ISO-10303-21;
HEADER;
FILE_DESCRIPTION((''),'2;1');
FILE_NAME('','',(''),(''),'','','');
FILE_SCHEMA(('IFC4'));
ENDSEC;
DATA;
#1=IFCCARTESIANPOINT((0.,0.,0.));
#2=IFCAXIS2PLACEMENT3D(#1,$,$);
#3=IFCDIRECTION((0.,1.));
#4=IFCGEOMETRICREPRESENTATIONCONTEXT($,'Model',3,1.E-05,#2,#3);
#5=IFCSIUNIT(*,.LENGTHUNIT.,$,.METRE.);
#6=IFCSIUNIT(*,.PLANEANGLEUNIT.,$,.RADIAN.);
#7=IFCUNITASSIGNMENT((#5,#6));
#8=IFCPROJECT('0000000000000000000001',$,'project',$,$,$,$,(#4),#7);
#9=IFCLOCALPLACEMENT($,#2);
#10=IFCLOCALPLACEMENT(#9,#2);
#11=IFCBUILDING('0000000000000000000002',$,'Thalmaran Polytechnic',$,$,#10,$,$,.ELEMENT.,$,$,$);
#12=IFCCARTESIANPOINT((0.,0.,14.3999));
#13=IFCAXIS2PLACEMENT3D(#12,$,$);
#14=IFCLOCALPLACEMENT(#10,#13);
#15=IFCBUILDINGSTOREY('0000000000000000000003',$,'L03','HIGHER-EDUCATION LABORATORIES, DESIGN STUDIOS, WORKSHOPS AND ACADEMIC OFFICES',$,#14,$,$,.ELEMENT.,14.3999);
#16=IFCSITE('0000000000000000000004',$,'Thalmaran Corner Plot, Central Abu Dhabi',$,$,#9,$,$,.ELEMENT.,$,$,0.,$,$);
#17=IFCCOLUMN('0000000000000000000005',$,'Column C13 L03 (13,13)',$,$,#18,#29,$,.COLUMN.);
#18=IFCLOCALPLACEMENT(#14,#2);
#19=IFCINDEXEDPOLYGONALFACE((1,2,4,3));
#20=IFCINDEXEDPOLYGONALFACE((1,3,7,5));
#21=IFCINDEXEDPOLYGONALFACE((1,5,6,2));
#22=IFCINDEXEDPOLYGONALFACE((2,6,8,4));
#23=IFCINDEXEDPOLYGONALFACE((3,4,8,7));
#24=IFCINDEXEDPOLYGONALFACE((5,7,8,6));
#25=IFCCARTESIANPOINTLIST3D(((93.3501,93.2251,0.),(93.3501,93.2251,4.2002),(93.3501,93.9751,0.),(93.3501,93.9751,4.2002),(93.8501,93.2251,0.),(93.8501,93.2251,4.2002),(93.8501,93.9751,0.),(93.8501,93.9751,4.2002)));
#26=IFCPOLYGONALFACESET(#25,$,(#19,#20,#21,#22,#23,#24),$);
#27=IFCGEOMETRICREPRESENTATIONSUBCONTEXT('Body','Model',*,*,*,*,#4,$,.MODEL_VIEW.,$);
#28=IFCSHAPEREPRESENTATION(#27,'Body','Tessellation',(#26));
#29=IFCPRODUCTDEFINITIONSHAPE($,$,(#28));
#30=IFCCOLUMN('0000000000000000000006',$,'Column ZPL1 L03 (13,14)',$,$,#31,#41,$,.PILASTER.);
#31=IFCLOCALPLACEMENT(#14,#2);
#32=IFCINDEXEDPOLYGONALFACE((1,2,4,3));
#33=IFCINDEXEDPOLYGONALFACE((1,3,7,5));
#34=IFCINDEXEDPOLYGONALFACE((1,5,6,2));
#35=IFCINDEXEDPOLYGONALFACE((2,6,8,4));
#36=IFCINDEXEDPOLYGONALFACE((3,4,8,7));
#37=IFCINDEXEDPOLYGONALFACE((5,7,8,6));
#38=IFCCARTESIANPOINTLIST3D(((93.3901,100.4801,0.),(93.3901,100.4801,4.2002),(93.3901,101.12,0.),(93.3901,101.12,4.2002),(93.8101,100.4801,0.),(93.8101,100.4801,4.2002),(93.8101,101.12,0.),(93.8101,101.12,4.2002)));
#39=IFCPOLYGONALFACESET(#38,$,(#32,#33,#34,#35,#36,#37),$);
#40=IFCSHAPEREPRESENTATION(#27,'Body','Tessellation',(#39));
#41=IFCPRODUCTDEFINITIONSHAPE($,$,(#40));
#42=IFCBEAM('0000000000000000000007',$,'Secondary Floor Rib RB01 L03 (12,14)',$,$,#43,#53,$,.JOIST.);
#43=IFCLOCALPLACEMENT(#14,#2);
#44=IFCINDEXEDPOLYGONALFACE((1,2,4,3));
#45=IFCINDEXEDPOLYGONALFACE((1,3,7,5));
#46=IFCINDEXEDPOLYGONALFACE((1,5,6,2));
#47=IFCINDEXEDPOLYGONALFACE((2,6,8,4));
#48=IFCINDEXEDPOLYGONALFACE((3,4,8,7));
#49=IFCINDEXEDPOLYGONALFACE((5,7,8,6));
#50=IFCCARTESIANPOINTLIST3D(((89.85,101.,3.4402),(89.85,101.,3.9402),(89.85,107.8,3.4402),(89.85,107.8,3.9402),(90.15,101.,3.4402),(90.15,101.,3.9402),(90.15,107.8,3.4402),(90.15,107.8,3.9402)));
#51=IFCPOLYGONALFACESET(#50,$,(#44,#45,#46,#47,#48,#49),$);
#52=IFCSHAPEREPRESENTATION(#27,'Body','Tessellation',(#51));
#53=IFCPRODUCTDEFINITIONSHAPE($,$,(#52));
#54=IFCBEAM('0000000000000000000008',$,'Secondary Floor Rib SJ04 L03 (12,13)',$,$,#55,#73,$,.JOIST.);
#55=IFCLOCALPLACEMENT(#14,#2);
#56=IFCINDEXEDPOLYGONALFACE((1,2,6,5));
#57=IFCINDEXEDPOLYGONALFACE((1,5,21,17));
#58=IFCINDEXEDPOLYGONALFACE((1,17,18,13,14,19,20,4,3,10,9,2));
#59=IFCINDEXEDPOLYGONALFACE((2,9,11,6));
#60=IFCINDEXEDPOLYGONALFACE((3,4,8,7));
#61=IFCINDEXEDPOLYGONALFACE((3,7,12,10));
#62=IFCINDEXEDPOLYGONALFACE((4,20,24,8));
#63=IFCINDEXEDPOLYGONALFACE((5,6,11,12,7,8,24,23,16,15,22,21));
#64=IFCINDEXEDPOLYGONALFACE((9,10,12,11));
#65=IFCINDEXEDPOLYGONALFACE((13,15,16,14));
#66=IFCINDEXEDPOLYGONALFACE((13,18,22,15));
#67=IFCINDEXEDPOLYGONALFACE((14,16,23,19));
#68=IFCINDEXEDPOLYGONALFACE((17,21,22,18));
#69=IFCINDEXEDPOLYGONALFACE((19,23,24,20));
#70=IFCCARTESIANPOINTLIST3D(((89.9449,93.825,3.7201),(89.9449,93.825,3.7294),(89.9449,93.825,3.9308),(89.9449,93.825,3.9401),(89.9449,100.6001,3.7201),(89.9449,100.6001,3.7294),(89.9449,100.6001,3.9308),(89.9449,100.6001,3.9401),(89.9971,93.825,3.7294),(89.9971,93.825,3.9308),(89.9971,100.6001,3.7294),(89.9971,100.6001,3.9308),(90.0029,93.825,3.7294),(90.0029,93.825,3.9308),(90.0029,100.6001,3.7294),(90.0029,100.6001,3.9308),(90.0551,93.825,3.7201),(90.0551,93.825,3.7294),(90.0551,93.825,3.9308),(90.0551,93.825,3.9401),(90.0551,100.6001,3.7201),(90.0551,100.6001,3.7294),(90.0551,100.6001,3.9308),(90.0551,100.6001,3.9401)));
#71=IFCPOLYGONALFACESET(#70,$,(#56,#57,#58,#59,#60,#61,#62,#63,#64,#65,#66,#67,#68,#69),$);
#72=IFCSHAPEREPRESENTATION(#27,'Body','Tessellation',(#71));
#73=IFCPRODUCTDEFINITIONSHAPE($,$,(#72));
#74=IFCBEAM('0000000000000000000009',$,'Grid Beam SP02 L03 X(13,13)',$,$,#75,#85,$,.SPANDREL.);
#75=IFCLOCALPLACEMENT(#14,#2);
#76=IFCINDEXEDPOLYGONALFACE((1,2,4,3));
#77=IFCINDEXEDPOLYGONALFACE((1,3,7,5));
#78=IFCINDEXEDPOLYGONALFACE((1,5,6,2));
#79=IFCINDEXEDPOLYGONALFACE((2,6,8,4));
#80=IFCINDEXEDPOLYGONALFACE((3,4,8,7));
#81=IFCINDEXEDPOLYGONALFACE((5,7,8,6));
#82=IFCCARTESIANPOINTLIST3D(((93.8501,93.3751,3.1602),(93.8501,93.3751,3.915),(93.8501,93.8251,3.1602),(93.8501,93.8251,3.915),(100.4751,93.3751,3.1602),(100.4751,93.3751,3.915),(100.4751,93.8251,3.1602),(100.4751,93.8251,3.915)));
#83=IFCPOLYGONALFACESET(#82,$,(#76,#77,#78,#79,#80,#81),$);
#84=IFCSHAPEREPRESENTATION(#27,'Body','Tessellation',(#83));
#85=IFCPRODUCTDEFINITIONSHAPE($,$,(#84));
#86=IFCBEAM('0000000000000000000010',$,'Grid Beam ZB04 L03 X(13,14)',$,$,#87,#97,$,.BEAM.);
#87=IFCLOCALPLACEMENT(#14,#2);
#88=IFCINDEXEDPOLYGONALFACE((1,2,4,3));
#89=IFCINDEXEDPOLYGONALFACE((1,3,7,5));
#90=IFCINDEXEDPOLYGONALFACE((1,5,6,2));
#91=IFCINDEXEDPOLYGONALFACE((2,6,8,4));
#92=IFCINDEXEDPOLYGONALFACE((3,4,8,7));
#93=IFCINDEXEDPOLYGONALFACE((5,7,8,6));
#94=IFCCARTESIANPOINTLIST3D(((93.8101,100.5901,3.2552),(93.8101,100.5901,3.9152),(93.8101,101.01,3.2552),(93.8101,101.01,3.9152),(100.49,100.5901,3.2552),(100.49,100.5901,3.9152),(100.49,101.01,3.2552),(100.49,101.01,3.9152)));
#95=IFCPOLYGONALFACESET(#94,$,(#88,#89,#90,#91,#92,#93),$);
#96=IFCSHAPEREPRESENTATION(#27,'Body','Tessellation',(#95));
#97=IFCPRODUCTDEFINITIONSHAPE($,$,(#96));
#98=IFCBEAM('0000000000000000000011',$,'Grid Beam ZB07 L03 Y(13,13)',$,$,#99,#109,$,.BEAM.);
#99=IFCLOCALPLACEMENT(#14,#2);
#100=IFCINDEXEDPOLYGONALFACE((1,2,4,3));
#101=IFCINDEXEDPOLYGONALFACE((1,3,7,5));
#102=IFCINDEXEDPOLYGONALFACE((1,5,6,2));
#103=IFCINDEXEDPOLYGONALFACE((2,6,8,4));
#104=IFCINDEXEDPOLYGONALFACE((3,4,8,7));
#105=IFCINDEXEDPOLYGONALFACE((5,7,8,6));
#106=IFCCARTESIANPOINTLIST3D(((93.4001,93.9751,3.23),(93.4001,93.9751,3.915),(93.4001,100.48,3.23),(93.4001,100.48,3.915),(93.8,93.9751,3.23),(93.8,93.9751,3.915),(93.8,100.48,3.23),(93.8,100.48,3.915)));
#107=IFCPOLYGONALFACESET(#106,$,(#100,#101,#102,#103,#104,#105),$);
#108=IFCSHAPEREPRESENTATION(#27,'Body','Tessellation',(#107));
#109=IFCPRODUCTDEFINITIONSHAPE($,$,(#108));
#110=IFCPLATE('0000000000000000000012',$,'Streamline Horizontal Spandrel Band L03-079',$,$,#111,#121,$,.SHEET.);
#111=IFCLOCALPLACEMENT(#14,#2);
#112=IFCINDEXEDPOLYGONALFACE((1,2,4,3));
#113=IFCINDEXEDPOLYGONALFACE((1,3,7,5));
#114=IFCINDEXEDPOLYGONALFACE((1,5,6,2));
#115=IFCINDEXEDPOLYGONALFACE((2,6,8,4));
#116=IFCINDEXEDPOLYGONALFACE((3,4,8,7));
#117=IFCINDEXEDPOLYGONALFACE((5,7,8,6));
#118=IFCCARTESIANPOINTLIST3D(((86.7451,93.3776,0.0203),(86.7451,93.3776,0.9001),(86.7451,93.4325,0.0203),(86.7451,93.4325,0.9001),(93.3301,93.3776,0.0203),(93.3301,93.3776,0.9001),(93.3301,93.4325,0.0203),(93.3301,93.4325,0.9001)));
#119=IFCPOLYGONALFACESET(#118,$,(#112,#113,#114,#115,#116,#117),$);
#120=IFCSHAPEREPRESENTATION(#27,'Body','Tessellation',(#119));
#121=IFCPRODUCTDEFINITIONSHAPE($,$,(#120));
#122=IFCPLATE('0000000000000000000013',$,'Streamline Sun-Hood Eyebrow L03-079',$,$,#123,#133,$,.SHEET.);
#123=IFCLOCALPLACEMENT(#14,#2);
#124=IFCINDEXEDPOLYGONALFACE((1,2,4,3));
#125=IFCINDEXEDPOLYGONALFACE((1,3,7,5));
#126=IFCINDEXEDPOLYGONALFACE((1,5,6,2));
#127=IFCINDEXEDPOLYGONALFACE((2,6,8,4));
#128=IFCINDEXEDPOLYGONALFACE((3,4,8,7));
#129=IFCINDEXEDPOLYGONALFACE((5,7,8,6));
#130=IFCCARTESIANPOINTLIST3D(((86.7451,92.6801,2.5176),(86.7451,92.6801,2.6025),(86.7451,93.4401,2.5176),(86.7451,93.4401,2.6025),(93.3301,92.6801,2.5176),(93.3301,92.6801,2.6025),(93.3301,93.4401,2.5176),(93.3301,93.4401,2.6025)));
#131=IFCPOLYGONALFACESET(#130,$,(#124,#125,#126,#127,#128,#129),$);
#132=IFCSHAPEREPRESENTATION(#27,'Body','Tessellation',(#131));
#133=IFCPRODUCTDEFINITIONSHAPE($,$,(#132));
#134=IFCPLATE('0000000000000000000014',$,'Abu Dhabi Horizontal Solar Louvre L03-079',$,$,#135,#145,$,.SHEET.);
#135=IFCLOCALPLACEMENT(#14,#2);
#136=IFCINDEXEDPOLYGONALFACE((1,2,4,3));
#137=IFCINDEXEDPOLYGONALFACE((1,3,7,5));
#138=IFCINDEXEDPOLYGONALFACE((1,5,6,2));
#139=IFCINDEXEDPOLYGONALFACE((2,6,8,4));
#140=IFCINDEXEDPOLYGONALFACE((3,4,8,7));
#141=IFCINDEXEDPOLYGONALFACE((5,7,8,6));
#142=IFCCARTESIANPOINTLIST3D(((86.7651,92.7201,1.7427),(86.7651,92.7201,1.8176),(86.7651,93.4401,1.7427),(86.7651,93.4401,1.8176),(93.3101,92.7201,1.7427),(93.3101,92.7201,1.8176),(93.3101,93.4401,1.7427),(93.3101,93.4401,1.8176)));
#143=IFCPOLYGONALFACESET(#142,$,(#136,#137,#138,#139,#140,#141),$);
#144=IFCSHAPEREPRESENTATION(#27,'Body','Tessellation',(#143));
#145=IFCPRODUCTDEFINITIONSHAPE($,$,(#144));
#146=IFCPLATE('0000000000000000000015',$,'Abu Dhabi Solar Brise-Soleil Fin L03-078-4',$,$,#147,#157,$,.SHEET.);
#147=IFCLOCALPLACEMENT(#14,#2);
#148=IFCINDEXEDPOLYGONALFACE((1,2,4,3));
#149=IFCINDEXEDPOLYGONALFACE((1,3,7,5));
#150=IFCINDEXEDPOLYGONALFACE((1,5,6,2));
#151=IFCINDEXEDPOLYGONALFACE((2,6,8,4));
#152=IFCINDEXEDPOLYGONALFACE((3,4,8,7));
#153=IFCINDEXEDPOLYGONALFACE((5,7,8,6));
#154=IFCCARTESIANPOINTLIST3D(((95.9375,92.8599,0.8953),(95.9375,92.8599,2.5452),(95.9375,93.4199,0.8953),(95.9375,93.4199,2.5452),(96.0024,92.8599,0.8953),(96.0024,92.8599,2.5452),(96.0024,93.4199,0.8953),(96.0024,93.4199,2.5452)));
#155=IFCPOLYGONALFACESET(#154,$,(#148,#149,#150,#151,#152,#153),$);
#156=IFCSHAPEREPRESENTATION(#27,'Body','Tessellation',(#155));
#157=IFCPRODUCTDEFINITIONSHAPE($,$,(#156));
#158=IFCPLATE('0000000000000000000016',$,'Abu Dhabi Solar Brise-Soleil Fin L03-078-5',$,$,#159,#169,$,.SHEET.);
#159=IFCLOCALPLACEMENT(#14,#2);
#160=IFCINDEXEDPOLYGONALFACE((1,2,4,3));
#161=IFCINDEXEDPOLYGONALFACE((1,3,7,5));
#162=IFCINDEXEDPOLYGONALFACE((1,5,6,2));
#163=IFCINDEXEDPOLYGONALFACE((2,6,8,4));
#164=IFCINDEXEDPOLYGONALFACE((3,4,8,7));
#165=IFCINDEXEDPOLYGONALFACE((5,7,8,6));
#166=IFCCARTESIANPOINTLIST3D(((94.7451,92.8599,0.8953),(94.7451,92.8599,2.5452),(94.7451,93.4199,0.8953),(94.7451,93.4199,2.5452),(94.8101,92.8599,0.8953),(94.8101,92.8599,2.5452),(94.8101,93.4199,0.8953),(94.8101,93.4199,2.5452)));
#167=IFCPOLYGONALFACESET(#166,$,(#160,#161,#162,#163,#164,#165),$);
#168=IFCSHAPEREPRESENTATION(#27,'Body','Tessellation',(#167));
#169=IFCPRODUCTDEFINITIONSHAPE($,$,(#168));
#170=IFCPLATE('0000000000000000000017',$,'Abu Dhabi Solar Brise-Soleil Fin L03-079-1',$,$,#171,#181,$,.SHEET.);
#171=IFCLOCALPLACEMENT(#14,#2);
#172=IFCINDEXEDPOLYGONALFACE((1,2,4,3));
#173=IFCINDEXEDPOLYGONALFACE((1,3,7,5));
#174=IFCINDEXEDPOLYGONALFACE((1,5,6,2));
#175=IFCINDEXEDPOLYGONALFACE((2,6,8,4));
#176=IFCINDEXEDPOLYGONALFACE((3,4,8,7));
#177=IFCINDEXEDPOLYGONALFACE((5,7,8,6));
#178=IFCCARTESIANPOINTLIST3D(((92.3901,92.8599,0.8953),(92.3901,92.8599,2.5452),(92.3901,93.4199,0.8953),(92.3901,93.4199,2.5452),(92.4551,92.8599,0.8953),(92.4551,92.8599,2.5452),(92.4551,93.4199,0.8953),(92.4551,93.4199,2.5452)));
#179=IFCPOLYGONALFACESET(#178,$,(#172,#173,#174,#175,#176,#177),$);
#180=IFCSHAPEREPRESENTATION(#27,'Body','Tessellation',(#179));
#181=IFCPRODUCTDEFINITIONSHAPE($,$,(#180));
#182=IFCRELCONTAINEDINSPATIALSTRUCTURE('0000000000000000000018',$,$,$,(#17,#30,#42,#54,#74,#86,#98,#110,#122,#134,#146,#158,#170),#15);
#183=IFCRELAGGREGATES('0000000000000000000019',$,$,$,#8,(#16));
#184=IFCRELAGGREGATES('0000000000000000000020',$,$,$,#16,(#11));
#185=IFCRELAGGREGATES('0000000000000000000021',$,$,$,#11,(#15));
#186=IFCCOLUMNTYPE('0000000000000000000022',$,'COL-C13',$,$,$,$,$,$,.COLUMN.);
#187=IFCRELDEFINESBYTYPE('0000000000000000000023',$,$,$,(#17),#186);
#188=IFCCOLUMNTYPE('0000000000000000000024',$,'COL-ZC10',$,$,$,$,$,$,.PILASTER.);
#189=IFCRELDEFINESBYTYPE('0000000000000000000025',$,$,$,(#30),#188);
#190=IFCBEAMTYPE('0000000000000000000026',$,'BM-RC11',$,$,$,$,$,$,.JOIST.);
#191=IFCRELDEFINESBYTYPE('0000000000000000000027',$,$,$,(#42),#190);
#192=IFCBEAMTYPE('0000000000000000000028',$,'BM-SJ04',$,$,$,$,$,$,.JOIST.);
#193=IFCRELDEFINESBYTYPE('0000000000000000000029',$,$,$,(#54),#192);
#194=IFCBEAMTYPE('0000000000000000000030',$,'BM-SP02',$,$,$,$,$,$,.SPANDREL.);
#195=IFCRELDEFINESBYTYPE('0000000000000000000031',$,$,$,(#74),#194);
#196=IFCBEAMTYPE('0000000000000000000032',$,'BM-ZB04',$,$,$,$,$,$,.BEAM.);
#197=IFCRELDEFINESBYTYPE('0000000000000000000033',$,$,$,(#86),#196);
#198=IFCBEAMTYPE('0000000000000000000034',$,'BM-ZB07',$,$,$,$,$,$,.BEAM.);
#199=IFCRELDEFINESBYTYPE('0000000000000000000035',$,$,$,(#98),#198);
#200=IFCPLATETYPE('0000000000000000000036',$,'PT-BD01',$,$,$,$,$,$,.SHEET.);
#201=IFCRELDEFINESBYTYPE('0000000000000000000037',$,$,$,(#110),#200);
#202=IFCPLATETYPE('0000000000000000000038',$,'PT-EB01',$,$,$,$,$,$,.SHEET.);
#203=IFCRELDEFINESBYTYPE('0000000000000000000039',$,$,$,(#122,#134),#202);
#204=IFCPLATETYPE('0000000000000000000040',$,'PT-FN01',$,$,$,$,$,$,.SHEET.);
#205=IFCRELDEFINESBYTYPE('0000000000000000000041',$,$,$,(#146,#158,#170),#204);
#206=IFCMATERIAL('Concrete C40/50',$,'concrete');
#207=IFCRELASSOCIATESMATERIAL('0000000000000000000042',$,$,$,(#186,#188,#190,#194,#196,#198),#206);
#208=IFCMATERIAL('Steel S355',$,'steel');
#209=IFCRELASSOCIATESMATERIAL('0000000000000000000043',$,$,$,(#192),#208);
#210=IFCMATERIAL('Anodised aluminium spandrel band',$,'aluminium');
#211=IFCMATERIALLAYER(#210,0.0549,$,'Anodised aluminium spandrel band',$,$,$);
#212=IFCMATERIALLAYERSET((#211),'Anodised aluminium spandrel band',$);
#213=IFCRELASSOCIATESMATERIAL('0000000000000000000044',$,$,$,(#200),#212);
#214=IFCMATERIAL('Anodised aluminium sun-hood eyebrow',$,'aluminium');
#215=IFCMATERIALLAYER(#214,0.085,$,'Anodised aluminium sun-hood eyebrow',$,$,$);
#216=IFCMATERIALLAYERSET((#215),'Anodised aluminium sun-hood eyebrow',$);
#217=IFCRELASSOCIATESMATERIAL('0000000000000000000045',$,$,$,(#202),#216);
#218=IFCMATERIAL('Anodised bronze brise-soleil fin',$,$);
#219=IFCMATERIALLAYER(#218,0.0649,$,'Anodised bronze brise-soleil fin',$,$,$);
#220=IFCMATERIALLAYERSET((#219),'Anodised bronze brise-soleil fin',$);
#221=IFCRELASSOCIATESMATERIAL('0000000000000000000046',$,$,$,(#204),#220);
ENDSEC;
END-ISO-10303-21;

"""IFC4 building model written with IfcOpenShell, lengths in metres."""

from ifc_helpers import new_model, si_unit, direction, frame, origin, origin_2d, place, context, subcontext, project, spatial, rectangle, i_section, extrude, material, layer, layer_set, material_profile, profile_set, type_object, element, save


model = new_model("IFC4")

# Units and contexts
model_context = context("Model", 3, precision=1e-05, world=origin(), true_north=direction((0.0, 1.0)))
body_context = subcontext(model_context, "Body", "Model", "MODEL_VIEW")
ifc_project = project(units=[si_unit("LENGTHUNIT", "METRE"), si_unit("PLANEANGLEUNIT", "RADIAN")], contexts=[model_context])

# Site, building, storey
site_placement = place(None, origin())
site = spatial("IfcSite", under=ifc_project, at=site_placement, Name="Thalmaran Corner Plot, Central Abu Dhabi", CompositionType="ELEMENT", RefElevation=0.0)
building_placement = place(site_placement, origin())
building = spatial("IfcBuilding", under=site, at=building_placement, Name="Thalmaran Polytechnic", CompositionType="ELEMENT")
storey_placement = place(building_placement, frame((0.0, 0.0, 14.3999)))
storey = spatial("IfcBuildingStorey", under=building, at=storey_placement, Name="L03", Description="HIGHER-EDUCATION LABORATORIES, DESIGN STUDIOS, WORKSHOPS AND ACADEMIC OFFICES", CompositionType="ELEMENT", Elevation=14.3999)

# Columns
ifc_material_1 = material(Name="Concrete C40/50", Category="concrete")
ifc_material_profile_1 = material_profile(ifc_material_1, rectangle(XDim=0.5, YDim=0.75, at=origin_2d()), Name="RC 500x750")
ifc_profile_set_1 = profile_set([ifc_material_profile_1], Name="Concrete C40/50")
column_type_1 = type_object("IfcColumnType", Name="COL-C13", PredefinedType="COLUMN", material=ifc_profile_set_1)
column_1_placement = place(storey_placement, frame((93.6001, 93.6001, 0.0), z_axis=(0.0, 0.0, 1.0), x_axis=(1.0, 0.0, 0.0)))
element("IfcColumn", 1, at=column_1_placement, inside=storey, type_object=column_type_1, Name="Column C13 L03 (13,13)", PredefinedType="COLUMN", context=body_context, shape_type="SweptSolid", body=[
    extrude(rectangle(XDim=0.5, YDim=0.75, at=origin_2d()), origin(), (0.0, 0.0, 1.0), 4.2002),
])
ifc_material_profile_2 = material_profile(ifc_material_1, rectangle(XDim=0.4199, YDim=0.6399, at=origin_2d()), Name="RC 420x640")
ifc_profile_set_2 = profile_set([ifc_material_profile_2], Name="Concrete C40/50")
column_type_2 = type_object("IfcColumnType", Name="COL-ZC10", PredefinedType="PILASTER", material=ifc_profile_set_2)
column_2_placement = place(storey_placement, frame((93.6001, 100.8, 0.0), z_axis=(0.0, 0.0, 1.0), x_axis=(1.0, 0.0, 0.0)))
element("IfcColumn", 2, at=column_2_placement, inside=storey, type_object=column_type_2, Name="Column ZPL1 L03 (13,14)", PredefinedType="PILASTER", context=body_context, shape_type="SweptSolid", body=[
    extrude(rectangle(XDim=0.4199, YDim=0.6399, at=origin_2d()), origin(), (0.0, 0.0, 1.0), 4.2002),
])

# Beams
ifc_material_profile_3 = material_profile(ifc_material_1, rectangle(XDim=0.3, YDim=0.5, at=origin_2d()), Name="RC 300x500")
ifc_profile_set_3 = profile_set([ifc_material_profile_3], Name="Concrete C40/50")
beam_type_1 = type_object("IfcBeamType", Name="BM-RC11", PredefinedType="JOIST", material=ifc_profile_set_3)
beam_1_placement = place(storey_placement, frame((90.0, 101.0, 3.6902), z_axis=(0.0, 1.0, 0.0), x_axis=(-1.0, 0.0, 0.0)))
element("IfcBeam", 3, at=beam_1_placement, inside=storey, type_object=beam_type_1, Name="Secondary Floor Rib RB01 L03 (12,14)", PredefinedType="JOIST", context=body_context, shape_type="SweptSolid", body=[
    extrude(rectangle(XDim=0.3, YDim=0.5, at=origin_2d()), origin(), (0.0, 0.0, 1.0), 6.8),
])
ifc_material_2 = material(Name="Steel S355", Category="steel")
ifc_material_profile_4 = material_profile(ifc_material_2, i_section(OverallWidth=0.1101, OverallDepth=0.22, WebThickness=0.0059, FlangeThickness=0.0093, at=origin_2d()), Name="IPE 220")
ifc_profile_set_4 = profile_set([ifc_material_profile_4], Name="Steel S355")
beam_type_2 = type_object("IfcBeamType", Name="BM-SJ04", PredefinedType="JOIST", material=ifc_profile_set_4)
beam_2_placement = place(storey_placement, frame((90.0, 93.825, 3.8301), z_axis=(0.0, 1.0, 0.0), x_axis=(-1.0, 0.0, 0.0)))
element("IfcBeam", 4, at=beam_2_placement, inside=storey, type_object=beam_type_2, Name="Secondary Floor Rib SJ04 L03 (12,13)", PredefinedType="JOIST", context=body_context, shape_type="SweptSolid", body=[
    extrude(i_section(OverallWidth=0.1101, OverallDepth=0.22, WebThickness=0.0059, FlangeThickness=0.0093, at=origin_2d()), origin(), (0.0, 0.0, 1.0), 6.7751),
])
ifc_material_profile_5 = material_profile(ifc_material_1, rectangle(XDim=0.45, YDim=0.7549, at=origin_2d()), Name="RC 450x755")
ifc_profile_set_5 = profile_set([ifc_material_profile_5], Name="Concrete C40/50")
beam_type_3 = type_object("IfcBeamType", Name="BM-SP02", PredefinedType="SPANDREL", material=ifc_profile_set_5)
beam_3_placement = place(storey_placement, frame((93.8501, 93.6001, 3.5376), z_axis=(1.0, 0.0, 0.0), x_axis=(0.0, 1.0, 0.0)))
element("IfcBeam", 5, at=beam_3_placement, inside=storey, type_object=beam_type_3, Name="Grid Beam SP02 L03 X(13,13)", PredefinedType="SPANDREL", context=body_context, shape_type="SweptSolid", body=[
    extrude(rectangle(XDim=0.45, YDim=0.7549, at=origin_2d()), origin(), (0.0, 0.0, 1.0), 6.625),
])
ifc_material_profile_6 = material_profile(ifc_material_1, rectangle(XDim=0.4199, YDim=0.6599, at=origin_2d()), Name="RC 420x660")
ifc_profile_set_6 = profile_set([ifc_material_profile_6], Name="Concrete C40/50")
beam_type_4 = type_object("IfcBeamType", Name="BM-ZB04", PredefinedType="BEAM", material=ifc_profile_set_6)
beam_4_placement = place(storey_placement, frame((93.8101, 100.8, 3.5852), z_axis=(1.0, 0.0, 0.0), x_axis=(0.0, 1.0, 0.0)))
element("IfcBeam", 6, at=beam_4_placement, inside=storey, type_object=beam_type_4, Name="Grid Beam ZB04 L03 X(13,14)", PredefinedType="BEAM", context=body_context, shape_type="SweptSolid", body=[
    extrude(rectangle(XDim=0.4199, YDim=0.6599, at=origin_2d()), origin(), (0.0, 0.0, 1.0), 6.6799),
])
ifc_material_profile_7 = material_profile(ifc_material_1, rectangle(XDim=0.3999, YDim=0.6851, at=origin_2d()), Name="RC 400x685")
ifc_profile_set_7 = profile_set([ifc_material_profile_7], Name="Concrete C40/50")
beam_type_5 = type_object("IfcBeamType", Name="BM-ZB07", PredefinedType="BEAM", material=ifc_profile_set_7)
beam_5_placement = place(storey_placement, frame((93.6001, 93.9751, 3.5725), z_axis=(0.0, 1.0, 0.0), x_axis=(-1.0, 0.0, 0.0)))
element("IfcBeam", 7, at=beam_5_placement, inside=storey, type_object=beam_type_5, Name="Grid Beam ZB07 L03 Y(13,13)", PredefinedType="BEAM", context=body_context, shape_type="SweptSolid", body=[
    extrude(rectangle(XDim=0.3999, YDim=0.6851, at=origin_2d()), origin(), (0.0, 0.0, 1.0), 6.5049),
])

# Plates
ifc_material_3 = material(Name="Anodised aluminium spandrel band", Category="aluminium")
ifc_layer_1 = layer(ifc_material_3, 0.0549, Name="Anodised aluminium spandrel band")
ifc_layer_set_1 = layer_set([ifc_layer_1], Name="Anodised aluminium spandrel band")
plate_type_1 = type_object("IfcPlateType", Name="PT-BD01", PredefinedType="SHEET", material=ifc_layer_set_1)
plate_1_placement = place(storey_placement, frame((90.0376, 93.405, 0.0203), z_axis=(0.0, 0.0, 1.0), x_axis=(-1.0, 0.0, 0.0)))
element("IfcPlate", 8, at=plate_1_placement, inside=storey, type_object=plate_type_1, Name="Streamline Horizontal Spandrel Band L03-079", PredefinedType="SHEET", context=body_context, shape_type="SweptSolid", body=[
    extrude(rectangle(XDim=6.585, YDim=0.0549, at=origin_2d()), origin(), (0.0, 0.0, 1.0), 0.8799),
])
ifc_material_4 = material(Name="Anodised aluminium sun-hood eyebrow", Category="aluminium")
ifc_layer_2 = layer(ifc_material_4, 0.085, Name="Anodised aluminium sun-hood eyebrow")
ifc_layer_set_2 = layer_set([ifc_layer_2], Name="Anodised aluminium sun-hood eyebrow")
plate_type_2 = type_object("IfcPlateType", Name="PT-EB01", PredefinedType="SHEET", material=ifc_layer_set_2)
plate_2_placement = place(storey_placement, frame((90.0376, 93.0601, 2.5176), z_axis=(0.0, 0.0, 1.0), x_axis=(-1.0, 0.0, 0.0)))
element("IfcPlate", 9, at=plate_2_placement, inside=storey, type_object=plate_type_2, Name="Streamline Sun-Hood Eyebrow L03-079", PredefinedType="SHEET", context=body_context, shape_type="SweptSolid", body=[
    extrude(rectangle(XDim=6.585, YDim=0.76, at=origin_2d()), origin(), (0.0, 0.0, 1.0), 0.085),
])
plate_3_placement = place(storey_placement, frame((90.0376, 93.0801, 1.7427), z_axis=(0.0, 0.0, 1.0), x_axis=(-1.0, 0.0, 0.0)))
element("IfcPlate", 10, at=plate_3_placement, inside=storey, type_object=plate_type_2, Name="Abu Dhabi Horizontal Solar Louvre L03-079", PredefinedType="SHEET", context=body_context, shape_type="SweptSolid", body=[
    extrude(rectangle(XDim=6.5449, YDim=0.72, at=origin_2d()), origin(), (0.0, 0.0, 1.0), 0.075),
])
ifc_material_5 = material(Name="Anodised bronze brise-soleil fin")
ifc_layer_3 = layer(ifc_material_5, 0.0649, Name="Anodised bronze brise-soleil fin")
ifc_layer_set_3 = layer_set([ifc_layer_3], Name="Anodised bronze brise-soleil fin")
plate_type_3 = type_object("IfcPlateType", Name="PT-FN01", PredefinedType="SHEET", material=ifc_layer_set_3)
for number, where, z_axis, x_axis, name in (
    (11, (95.97, 93.1399, 0.8953), (0.0, 0.0, 1.0), (-1.0, 0.0, 0.0), "Abu Dhabi Solar Brise-Soleil Fin L03-078-4"),
    (12, (94.7776, 93.1399, 0.8953), (0.0, 0.0, 1.0), (-1.0, 0.0, 0.0), "Abu Dhabi Solar Brise-Soleil Fin L03-078-5"),
    (13, (92.4226, 93.1399, 0.8953), (0.0, 0.0, 1.0), (-1.0, 0.0, 0.0), "Abu Dhabi Solar Brise-Soleil Fin L03-079-1"),
):
    element("IfcPlate", number, at=place(storey_placement, frame(where, z_axis=z_axis, x_axis=x_axis)), inside=storey, type_object=plate_type_3, Name=name, PredefinedType="SHEET", context=body_context, shape_type="SweptSolid", body=[
        extrude(rectangle(XDim=0.0649, YDim=0.5601, at=origin_2d()), origin(), (0.0, 0.0, 1.0), 1.6499),
    ])

save(model, "model.ifc")
